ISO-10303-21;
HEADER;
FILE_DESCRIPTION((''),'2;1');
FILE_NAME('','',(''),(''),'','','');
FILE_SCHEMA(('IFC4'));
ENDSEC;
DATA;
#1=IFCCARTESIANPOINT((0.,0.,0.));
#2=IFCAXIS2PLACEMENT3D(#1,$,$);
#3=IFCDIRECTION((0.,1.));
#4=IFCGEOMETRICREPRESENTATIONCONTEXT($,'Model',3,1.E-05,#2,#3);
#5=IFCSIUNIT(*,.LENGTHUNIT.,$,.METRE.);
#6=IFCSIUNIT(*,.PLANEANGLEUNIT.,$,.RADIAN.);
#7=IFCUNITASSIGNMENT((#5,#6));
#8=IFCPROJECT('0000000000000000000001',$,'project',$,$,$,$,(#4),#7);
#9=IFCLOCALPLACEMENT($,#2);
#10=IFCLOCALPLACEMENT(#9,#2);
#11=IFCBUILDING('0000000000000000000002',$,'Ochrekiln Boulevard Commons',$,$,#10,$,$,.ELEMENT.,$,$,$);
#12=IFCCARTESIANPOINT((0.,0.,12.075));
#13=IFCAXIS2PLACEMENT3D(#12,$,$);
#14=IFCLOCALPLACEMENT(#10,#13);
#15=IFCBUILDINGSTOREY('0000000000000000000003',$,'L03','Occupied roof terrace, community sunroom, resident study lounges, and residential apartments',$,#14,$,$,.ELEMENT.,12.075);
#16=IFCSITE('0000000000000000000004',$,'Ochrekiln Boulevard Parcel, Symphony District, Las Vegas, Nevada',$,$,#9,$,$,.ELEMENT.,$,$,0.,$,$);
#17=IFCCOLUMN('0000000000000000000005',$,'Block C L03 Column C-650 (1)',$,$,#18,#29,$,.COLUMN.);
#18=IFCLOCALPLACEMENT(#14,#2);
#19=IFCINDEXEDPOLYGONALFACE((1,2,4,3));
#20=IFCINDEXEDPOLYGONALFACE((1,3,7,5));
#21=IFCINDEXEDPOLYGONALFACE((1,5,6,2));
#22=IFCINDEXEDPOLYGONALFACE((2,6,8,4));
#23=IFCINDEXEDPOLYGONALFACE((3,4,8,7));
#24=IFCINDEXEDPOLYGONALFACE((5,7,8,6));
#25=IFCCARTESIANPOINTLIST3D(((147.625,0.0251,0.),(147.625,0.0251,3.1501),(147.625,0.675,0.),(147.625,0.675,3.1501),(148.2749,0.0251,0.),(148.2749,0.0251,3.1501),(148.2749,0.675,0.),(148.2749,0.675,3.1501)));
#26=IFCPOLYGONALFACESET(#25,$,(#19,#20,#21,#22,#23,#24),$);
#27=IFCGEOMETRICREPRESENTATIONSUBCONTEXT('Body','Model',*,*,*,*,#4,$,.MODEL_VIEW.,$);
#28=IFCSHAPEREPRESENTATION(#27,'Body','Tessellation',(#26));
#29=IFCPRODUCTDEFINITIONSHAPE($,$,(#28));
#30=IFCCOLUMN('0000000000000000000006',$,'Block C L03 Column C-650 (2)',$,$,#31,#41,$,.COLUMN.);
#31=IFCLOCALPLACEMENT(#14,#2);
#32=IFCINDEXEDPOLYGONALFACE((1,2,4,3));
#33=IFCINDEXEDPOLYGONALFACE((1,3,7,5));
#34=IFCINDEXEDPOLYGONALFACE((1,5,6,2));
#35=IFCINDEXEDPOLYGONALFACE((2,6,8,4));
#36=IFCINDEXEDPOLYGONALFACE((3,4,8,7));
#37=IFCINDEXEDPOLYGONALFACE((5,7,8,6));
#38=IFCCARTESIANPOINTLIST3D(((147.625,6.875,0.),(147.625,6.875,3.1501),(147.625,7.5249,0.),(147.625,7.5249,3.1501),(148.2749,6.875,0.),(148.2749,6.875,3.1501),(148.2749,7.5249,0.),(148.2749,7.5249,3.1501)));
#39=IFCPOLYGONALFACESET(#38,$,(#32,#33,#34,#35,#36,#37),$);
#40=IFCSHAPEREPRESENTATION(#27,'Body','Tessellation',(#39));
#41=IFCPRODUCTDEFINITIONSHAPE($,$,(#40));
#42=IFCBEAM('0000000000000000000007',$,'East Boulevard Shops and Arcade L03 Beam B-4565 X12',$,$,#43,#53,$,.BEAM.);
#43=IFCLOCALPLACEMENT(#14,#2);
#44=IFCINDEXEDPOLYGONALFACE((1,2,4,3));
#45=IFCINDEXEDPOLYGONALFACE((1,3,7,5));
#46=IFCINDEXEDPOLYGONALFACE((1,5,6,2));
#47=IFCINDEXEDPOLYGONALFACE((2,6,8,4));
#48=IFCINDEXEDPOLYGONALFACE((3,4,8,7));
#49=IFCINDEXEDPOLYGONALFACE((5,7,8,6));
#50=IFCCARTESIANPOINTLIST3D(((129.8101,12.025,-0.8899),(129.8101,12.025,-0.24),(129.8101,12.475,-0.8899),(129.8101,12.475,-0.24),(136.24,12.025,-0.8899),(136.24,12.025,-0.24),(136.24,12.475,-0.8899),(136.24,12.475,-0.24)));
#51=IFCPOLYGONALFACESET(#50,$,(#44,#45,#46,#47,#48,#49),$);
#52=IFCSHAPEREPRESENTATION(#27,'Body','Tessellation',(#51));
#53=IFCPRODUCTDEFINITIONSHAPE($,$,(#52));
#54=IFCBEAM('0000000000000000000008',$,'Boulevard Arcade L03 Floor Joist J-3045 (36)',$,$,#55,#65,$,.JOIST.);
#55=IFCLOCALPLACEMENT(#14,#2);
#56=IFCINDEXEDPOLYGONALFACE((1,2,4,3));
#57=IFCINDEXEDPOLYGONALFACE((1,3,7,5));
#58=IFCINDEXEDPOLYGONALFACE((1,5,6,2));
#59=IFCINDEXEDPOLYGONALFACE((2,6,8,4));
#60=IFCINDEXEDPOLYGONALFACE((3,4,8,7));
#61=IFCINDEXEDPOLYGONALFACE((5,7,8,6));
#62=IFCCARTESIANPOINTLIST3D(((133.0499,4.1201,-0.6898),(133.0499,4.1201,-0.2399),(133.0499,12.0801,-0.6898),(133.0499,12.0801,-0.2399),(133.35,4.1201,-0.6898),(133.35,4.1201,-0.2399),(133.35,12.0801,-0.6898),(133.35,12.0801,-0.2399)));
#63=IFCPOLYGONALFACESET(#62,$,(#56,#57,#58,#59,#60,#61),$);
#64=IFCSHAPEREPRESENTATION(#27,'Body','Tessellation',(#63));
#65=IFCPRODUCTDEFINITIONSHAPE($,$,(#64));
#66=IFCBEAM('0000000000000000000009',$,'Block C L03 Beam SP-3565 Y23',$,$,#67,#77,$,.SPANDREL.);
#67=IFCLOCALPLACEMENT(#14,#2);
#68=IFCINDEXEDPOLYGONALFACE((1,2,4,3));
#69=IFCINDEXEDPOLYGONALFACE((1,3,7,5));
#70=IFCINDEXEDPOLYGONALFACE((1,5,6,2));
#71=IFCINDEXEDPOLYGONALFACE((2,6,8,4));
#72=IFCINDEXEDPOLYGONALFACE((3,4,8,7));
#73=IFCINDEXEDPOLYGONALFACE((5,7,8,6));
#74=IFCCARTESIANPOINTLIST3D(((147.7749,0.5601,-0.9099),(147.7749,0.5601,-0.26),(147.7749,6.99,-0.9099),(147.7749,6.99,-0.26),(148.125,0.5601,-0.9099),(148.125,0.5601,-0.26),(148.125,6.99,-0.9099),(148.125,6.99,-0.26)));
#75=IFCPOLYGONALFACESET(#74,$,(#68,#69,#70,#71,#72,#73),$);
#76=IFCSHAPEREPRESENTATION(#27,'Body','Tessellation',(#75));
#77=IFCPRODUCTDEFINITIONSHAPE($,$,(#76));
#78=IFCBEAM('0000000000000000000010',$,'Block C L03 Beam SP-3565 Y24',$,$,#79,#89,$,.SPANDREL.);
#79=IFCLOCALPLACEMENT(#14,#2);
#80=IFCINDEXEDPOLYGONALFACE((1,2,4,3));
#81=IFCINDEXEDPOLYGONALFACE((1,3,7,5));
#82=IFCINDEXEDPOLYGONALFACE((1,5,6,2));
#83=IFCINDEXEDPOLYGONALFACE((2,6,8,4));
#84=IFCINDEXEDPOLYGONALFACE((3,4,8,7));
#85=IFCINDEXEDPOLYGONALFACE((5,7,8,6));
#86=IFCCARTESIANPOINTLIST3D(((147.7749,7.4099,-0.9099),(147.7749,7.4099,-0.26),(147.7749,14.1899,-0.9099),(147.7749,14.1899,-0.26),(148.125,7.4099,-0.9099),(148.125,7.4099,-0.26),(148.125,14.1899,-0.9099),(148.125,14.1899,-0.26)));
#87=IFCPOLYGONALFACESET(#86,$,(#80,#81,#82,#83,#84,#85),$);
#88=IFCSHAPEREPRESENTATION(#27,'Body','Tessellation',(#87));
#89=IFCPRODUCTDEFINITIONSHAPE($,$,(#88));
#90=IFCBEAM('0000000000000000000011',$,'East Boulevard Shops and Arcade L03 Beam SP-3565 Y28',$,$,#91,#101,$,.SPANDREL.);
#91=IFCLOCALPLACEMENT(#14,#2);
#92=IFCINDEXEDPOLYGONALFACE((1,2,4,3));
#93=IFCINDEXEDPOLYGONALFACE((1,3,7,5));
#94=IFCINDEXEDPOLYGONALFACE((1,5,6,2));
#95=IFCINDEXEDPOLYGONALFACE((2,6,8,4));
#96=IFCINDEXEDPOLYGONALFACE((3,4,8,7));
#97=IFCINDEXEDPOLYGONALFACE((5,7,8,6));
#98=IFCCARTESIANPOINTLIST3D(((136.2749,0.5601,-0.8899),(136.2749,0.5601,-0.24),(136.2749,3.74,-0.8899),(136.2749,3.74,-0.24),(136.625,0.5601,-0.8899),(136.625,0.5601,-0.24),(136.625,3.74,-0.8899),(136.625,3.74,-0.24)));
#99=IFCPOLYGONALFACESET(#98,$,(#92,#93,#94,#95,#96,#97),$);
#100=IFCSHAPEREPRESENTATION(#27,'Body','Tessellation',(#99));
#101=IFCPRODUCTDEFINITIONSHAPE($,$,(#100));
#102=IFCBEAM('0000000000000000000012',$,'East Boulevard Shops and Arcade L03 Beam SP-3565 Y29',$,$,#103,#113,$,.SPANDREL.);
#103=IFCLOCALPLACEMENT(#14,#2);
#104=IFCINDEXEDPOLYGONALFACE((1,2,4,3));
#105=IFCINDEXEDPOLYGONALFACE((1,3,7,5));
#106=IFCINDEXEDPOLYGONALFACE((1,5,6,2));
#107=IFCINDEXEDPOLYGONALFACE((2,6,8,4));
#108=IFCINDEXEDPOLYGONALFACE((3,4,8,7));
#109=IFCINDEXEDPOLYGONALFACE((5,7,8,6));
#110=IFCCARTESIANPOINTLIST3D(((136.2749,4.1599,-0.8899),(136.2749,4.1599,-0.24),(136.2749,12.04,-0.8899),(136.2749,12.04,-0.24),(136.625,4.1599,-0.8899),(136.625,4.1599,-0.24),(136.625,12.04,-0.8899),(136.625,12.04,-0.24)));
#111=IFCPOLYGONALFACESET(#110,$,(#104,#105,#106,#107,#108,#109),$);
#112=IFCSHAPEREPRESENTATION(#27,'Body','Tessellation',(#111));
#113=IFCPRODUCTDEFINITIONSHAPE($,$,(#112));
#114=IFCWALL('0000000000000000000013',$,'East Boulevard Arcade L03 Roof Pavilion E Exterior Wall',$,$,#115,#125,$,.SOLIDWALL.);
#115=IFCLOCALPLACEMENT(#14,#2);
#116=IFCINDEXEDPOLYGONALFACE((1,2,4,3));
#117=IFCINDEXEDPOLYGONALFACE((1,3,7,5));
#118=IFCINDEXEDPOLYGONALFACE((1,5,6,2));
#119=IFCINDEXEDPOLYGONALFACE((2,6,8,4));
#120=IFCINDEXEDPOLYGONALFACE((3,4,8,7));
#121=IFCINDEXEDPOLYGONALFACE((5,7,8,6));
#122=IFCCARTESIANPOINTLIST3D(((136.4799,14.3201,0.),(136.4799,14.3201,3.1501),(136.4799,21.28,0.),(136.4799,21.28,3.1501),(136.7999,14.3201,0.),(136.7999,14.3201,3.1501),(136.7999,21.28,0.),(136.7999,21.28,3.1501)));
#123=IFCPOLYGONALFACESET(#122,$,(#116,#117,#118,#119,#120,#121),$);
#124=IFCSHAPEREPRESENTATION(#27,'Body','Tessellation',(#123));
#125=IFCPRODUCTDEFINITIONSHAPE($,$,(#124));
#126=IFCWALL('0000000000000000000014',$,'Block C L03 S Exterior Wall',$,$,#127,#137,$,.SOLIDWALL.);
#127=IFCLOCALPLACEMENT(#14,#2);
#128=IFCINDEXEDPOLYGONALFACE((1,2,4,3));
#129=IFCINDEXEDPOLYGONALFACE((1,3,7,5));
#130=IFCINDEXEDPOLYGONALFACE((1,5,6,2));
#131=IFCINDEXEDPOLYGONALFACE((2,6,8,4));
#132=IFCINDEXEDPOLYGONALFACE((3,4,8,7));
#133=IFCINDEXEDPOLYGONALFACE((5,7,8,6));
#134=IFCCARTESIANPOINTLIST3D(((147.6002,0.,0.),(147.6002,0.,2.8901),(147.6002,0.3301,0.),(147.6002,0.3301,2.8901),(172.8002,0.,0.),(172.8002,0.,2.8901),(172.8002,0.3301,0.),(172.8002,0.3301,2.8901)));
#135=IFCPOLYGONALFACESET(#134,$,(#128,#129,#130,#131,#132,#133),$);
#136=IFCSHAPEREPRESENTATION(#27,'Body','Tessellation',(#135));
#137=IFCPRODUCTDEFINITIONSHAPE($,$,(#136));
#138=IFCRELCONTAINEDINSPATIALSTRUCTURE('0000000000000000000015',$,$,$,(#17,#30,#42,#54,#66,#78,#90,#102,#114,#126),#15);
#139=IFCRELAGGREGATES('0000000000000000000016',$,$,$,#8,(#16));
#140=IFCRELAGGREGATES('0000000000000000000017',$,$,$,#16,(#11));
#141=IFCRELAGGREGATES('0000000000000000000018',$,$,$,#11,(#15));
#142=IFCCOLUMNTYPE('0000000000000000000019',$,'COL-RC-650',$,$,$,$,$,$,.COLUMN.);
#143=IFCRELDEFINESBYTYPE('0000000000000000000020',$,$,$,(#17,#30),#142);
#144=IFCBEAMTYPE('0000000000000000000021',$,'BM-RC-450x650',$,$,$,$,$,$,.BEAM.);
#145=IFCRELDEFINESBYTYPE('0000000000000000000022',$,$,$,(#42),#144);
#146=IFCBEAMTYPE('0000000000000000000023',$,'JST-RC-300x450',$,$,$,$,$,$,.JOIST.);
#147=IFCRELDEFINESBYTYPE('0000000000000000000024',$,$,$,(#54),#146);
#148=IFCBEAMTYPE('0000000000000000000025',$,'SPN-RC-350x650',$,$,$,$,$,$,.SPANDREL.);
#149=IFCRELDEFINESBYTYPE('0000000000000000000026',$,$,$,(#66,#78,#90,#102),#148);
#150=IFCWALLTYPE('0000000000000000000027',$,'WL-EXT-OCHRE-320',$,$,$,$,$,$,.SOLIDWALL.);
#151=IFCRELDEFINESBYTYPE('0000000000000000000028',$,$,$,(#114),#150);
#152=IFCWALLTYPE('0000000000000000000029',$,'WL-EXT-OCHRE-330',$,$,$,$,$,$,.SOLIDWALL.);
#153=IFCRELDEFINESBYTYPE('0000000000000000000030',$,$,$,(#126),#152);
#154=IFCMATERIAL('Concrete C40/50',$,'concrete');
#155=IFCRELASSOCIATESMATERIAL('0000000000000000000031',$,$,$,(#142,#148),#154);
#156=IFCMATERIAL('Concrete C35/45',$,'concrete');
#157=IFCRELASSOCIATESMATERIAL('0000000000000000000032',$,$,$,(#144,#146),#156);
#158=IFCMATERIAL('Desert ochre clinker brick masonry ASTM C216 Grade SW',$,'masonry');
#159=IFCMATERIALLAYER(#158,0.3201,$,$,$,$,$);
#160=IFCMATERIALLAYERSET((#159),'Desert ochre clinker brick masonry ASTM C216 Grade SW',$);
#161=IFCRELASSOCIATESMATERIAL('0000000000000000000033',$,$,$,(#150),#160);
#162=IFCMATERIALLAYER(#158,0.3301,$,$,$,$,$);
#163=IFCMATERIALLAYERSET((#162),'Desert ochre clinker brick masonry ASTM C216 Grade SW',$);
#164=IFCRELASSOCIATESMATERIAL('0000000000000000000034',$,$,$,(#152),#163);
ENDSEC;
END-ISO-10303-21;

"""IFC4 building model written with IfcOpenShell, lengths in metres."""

from ifc_helpers import new_model, si_unit, direction, frame, frame_2d, origin, origin_2d, place, context, subcontext, project, spatial, rectangle, extrude, material, layer, layer_set, material_profile, profile_set, type_object, element, save


model = new_model("IFC4")

# Units and contexts
model_context = context("Model", 3, precision=1e-05, world=origin(), true_north=direction((0.0, 1.0)))
body_context = subcontext(model_context, "Body", "Model", "MODEL_VIEW")
ifc_project = project(units=[si_unit("LENGTHUNIT", "METRE"), si_unit("PLANEANGLEUNIT", "RADIAN")], contexts=[model_context])

# Site, building, storey
site_placement = place(None, origin())
site = spatial("IfcSite", under=ifc_project, at=site_placement, Name="Ochrekiln Boulevard Parcel, Symphony District, Las Vegas, Nevada", CompositionType="ELEMENT", RefElevation=0.0)
building_placement = place(site_placement, origin())
building = spatial("IfcBuilding", under=site, at=building_placement, Name="Ochrekiln Boulevard Commons", CompositionType="ELEMENT")
storey_placement = place(building_placement, frame((0.0, 0.0, 12.075)))
storey = spatial("IfcBuildingStorey", under=building, at=storey_placement, Name="L03", Description="Occupied roof terrace, community sunroom, resident study lounges, and residential apartments", CompositionType="ELEMENT", Elevation=12.075)

# Columns
ifc_material_1 = material(Name="Concrete C40/50", Category="concrete")
ifc_material_profile_1 = material_profile(ifc_material_1, rectangle(XDim=0.6499, YDim=0.6499, at=origin_2d()), Name="RC-COL-650x650")
ifc_profile_set_1 = profile_set([ifc_material_profile_1], Name="Concrete C40/50")
column_type = type_object("IfcColumnType", Name="COL-RC-650", PredefinedType="COLUMN", material=ifc_profile_set_1)
for number, where, z_axis, x_axis, name in (
    (1, (147.95, 0.3501, 0.0), (0.0, 0.0, 1.0), (1.0, 0.0, 0.0), "Block C L03 Column C-650 (1)"),
    (2, (147.95, 7.2, 0.0), (0.0, 0.0, 1.0), (1.0, 0.0, 0.0), "Block C L03 Column C-650 (2)"),
):
    element("IfcColumn", number, at=place(storey_placement, frame(where, z_axis=z_axis, x_axis=x_axis)), inside=storey, type_object=column_type, Name=name, PredefinedType="COLUMN", context=body_context, shape_type="SweptSolid", body=[
        extrude(rectangle(XDim=0.6499, YDim=0.6499, at=origin_2d()), origin(), (0.0, 0.0, 1.0), 3.1501),
    ])

# Beams
ifc_material_2 = material(Name="Concrete C35/45", Category="concrete")
ifc_material_profile_2 = material_profile(ifc_material_2, rectangle(XDim=0.45, YDim=0.6499, at=origin_2d()), Name="RC-BM-450x650")
ifc_profile_set_2 = profile_set([ifc_material_profile_2], Name="Concrete C35/45")
beam_type_1 = type_object("IfcBeamType", Name="BM-RC-450x650", PredefinedType="BEAM", material=ifc_profile_set_2)
beam_1_placement = place(storey_placement, frame((129.8101, 12.25, -0.5649), z_axis=(1.0, 0.0, 0.0), x_axis=(0.0, 1.0, 0.0)))
element("IfcBeam", 3, at=beam_1_placement, inside=storey, type_object=beam_type_1, Name="East Boulevard Shops and Arcade L03 Beam B-4565 X12", PredefinedType="BEAM", context=body_context, shape_type="SweptSolid", body=[
    extrude(rectangle(XDim=0.45, YDim=0.6499, at=origin_2d()), origin(), (0.0, 0.0, 1.0), 6.4299),
])
ifc_material_profile_3 = material_profile(ifc_material_2, rectangle(XDim=0.3, YDim=0.45, at=origin_2d()), Name="RC-JST-300x450")
ifc_profile_set_3 = profile_set([ifc_material_profile_3], Name="Concrete C35/45")
beam_type_2 = type_object("IfcBeamType", Name="JST-RC-300x450", PredefinedType="JOIST", material=ifc_profile_set_3)
beam_2_placement = place(storey_placement, frame((133.2, 4.1201, -0.4648), z_axis=(0.0, 1.0, 0.0), x_axis=(-1.0, 0.0, 0.0)))
element("IfcBeam", 4, at=beam_2_placement, inside=storey, type_object=beam_type_2, Name="Boulevard Arcade L03 Floor Joist J-3045 (36)", PredefinedType="JOIST", context=body_context, shape_type="SweptSolid", body=[
    extrude(rectangle(XDim=0.3, YDim=0.45, at=origin_2d()), origin(), (0.0, 0.0, 1.0), 7.96),
])
ifc_material_profile_4 = material_profile(ifc_material_1, rectangle(XDim=0.3501, YDim=0.6499, at=origin_2d()), Name="RC-SPN-350x650")
ifc_profile_set_4 = profile_set([ifc_material_profile_4], Name="Concrete C40/50")
beam_type_3 = type_object("IfcBeamType", Name="SPN-RC-350x650", PredefinedType="SPANDREL", material=ifc_profile_set_4)
beam_3_placement = place(storey_placement, frame((147.95, 0.5601, -0.585), z_axis=(0.0, 1.0, 0.0), x_axis=(-1.0, 0.0, 0.0)))
element("IfcBeam", 5, at=beam_3_placement, inside=storey, type_object=beam_type_3, Name="Block C L03 Beam SP-3565 Y23", PredefinedType="SPANDREL", context=body_context, shape_type="SweptSolid", body=[
    extrude(rectangle(XDim=0.3501, YDim=0.6499, at=origin_2d()), origin(), (0.0, 0.0, 1.0), 6.4299),
])
beam_4_placement = place(storey_placement, frame((147.95, 7.4099, -0.585), z_axis=(0.0, 1.0, 0.0), x_axis=(-1.0, 0.0, 0.0)))
element("IfcBeam", 6, at=beam_4_placement, inside=storey, type_object=beam_type_3, Name="Block C L03 Beam SP-3565 Y24", PredefinedType="SPANDREL", context=body_context, shape_type="SweptSolid", body=[
    extrude(rectangle(XDim=0.3501, YDim=0.6499, at=origin_2d()), origin(), (0.0, 0.0, 1.0), 6.78),
])
beam_5_placement = place(storey_placement, frame((136.45, 0.5601, -0.5649), z_axis=(0.0, 1.0, 0.0), x_axis=(-1.0, 0.0, 0.0)))
element("IfcBeam", 7, at=beam_5_placement, inside=storey, type_object=beam_type_3, Name="East Boulevard Shops and Arcade L03 Beam SP-3565 Y28", PredefinedType="SPANDREL", context=body_context, shape_type="SweptSolid", body=[
    extrude(rectangle(XDim=0.3501, YDim=0.6499, at=origin_2d()), origin(), (0.0, 0.0, 1.0), 3.1799),
])
beam_6_placement = place(storey_placement, frame((136.45, 4.1599, -0.5649), z_axis=(0.0, 1.0, 0.0), x_axis=(-1.0, 0.0, 0.0)))
element("IfcBeam", 8, at=beam_6_placement, inside=storey, type_object=beam_type_3, Name="East Boulevard Shops and Arcade L03 Beam SP-3565 Y29", PredefinedType="SPANDREL", context=body_context, shape_type="SweptSolid", body=[
    extrude(rectangle(XDim=0.3501, YDim=0.6499, at=origin_2d()), origin(), (0.0, 0.0, 1.0), 7.8801),
])

# Walls
ifc_material_3 = material(Name="Desert ochre clinker brick masonry ASTM C216 Grade SW", Category="masonry")
ifc_layer_1 = layer(ifc_material_3, 0.3201)
ifc_layer_set_1 = layer_set([ifc_layer_1], Name="Desert ochre clinker brick masonry ASTM C216 Grade SW")
wall_type_1 = type_object("IfcWallType", Name="WL-EXT-OCHRE-320", PredefinedType="SOLIDWALL", material=ifc_layer_set_1)
wall_1_placement = place(storey_placement, frame((136.6399, 14.3201, 0.0), z_axis=(0.0, 0.0, 1.0), x_axis=(0.0, 1.0, 0.0)))
element("IfcWall", 9, at=wall_1_placement, inside=storey, type_object=wall_type_1, Name="East Boulevard Arcade L03 Roof Pavilion E Exterior Wall", PredefinedType="SOLIDWALL", context=body_context, shape_type="SweptSolid", body=[
    extrude(rectangle(XDim=6.96, YDim=0.3201, at=frame_2d((3.48, 0.0))), origin(), (0.0, 0.0, 1.0), 3.1501),
])
ifc_layer_2 = layer(ifc_material_3, 0.3301)
ifc_layer_set_2 = layer_set([ifc_layer_2], Name="Desert ochre clinker brick masonry ASTM C216 Grade SW")
wall_type_2 = type_object("IfcWallType", Name="WL-EXT-OCHRE-330", PredefinedType="SOLIDWALL", material=ifc_layer_set_2)
wall_2_placement = place(storey_placement, frame((147.6001, 0.165, 0.0), z_axis=(0.0, 0.0, 1.0), x_axis=(1.0, 0.0, 0.0)))
element("IfcWall", 10, at=wall_2_placement, inside=storey, type_object=wall_type_2, Name="Block C L03 S Exterior Wall", PredefinedType="SOLIDWALL", context=body_context, shape_type="SweptSolid", body=[
    extrude(rectangle(XDim=25.2, YDim=0.3301, at=frame_2d((12.6001, 0.0))), origin(), (0.0, 0.0, 1.0), 2.8901),
])

save(model, "model.ifc")
